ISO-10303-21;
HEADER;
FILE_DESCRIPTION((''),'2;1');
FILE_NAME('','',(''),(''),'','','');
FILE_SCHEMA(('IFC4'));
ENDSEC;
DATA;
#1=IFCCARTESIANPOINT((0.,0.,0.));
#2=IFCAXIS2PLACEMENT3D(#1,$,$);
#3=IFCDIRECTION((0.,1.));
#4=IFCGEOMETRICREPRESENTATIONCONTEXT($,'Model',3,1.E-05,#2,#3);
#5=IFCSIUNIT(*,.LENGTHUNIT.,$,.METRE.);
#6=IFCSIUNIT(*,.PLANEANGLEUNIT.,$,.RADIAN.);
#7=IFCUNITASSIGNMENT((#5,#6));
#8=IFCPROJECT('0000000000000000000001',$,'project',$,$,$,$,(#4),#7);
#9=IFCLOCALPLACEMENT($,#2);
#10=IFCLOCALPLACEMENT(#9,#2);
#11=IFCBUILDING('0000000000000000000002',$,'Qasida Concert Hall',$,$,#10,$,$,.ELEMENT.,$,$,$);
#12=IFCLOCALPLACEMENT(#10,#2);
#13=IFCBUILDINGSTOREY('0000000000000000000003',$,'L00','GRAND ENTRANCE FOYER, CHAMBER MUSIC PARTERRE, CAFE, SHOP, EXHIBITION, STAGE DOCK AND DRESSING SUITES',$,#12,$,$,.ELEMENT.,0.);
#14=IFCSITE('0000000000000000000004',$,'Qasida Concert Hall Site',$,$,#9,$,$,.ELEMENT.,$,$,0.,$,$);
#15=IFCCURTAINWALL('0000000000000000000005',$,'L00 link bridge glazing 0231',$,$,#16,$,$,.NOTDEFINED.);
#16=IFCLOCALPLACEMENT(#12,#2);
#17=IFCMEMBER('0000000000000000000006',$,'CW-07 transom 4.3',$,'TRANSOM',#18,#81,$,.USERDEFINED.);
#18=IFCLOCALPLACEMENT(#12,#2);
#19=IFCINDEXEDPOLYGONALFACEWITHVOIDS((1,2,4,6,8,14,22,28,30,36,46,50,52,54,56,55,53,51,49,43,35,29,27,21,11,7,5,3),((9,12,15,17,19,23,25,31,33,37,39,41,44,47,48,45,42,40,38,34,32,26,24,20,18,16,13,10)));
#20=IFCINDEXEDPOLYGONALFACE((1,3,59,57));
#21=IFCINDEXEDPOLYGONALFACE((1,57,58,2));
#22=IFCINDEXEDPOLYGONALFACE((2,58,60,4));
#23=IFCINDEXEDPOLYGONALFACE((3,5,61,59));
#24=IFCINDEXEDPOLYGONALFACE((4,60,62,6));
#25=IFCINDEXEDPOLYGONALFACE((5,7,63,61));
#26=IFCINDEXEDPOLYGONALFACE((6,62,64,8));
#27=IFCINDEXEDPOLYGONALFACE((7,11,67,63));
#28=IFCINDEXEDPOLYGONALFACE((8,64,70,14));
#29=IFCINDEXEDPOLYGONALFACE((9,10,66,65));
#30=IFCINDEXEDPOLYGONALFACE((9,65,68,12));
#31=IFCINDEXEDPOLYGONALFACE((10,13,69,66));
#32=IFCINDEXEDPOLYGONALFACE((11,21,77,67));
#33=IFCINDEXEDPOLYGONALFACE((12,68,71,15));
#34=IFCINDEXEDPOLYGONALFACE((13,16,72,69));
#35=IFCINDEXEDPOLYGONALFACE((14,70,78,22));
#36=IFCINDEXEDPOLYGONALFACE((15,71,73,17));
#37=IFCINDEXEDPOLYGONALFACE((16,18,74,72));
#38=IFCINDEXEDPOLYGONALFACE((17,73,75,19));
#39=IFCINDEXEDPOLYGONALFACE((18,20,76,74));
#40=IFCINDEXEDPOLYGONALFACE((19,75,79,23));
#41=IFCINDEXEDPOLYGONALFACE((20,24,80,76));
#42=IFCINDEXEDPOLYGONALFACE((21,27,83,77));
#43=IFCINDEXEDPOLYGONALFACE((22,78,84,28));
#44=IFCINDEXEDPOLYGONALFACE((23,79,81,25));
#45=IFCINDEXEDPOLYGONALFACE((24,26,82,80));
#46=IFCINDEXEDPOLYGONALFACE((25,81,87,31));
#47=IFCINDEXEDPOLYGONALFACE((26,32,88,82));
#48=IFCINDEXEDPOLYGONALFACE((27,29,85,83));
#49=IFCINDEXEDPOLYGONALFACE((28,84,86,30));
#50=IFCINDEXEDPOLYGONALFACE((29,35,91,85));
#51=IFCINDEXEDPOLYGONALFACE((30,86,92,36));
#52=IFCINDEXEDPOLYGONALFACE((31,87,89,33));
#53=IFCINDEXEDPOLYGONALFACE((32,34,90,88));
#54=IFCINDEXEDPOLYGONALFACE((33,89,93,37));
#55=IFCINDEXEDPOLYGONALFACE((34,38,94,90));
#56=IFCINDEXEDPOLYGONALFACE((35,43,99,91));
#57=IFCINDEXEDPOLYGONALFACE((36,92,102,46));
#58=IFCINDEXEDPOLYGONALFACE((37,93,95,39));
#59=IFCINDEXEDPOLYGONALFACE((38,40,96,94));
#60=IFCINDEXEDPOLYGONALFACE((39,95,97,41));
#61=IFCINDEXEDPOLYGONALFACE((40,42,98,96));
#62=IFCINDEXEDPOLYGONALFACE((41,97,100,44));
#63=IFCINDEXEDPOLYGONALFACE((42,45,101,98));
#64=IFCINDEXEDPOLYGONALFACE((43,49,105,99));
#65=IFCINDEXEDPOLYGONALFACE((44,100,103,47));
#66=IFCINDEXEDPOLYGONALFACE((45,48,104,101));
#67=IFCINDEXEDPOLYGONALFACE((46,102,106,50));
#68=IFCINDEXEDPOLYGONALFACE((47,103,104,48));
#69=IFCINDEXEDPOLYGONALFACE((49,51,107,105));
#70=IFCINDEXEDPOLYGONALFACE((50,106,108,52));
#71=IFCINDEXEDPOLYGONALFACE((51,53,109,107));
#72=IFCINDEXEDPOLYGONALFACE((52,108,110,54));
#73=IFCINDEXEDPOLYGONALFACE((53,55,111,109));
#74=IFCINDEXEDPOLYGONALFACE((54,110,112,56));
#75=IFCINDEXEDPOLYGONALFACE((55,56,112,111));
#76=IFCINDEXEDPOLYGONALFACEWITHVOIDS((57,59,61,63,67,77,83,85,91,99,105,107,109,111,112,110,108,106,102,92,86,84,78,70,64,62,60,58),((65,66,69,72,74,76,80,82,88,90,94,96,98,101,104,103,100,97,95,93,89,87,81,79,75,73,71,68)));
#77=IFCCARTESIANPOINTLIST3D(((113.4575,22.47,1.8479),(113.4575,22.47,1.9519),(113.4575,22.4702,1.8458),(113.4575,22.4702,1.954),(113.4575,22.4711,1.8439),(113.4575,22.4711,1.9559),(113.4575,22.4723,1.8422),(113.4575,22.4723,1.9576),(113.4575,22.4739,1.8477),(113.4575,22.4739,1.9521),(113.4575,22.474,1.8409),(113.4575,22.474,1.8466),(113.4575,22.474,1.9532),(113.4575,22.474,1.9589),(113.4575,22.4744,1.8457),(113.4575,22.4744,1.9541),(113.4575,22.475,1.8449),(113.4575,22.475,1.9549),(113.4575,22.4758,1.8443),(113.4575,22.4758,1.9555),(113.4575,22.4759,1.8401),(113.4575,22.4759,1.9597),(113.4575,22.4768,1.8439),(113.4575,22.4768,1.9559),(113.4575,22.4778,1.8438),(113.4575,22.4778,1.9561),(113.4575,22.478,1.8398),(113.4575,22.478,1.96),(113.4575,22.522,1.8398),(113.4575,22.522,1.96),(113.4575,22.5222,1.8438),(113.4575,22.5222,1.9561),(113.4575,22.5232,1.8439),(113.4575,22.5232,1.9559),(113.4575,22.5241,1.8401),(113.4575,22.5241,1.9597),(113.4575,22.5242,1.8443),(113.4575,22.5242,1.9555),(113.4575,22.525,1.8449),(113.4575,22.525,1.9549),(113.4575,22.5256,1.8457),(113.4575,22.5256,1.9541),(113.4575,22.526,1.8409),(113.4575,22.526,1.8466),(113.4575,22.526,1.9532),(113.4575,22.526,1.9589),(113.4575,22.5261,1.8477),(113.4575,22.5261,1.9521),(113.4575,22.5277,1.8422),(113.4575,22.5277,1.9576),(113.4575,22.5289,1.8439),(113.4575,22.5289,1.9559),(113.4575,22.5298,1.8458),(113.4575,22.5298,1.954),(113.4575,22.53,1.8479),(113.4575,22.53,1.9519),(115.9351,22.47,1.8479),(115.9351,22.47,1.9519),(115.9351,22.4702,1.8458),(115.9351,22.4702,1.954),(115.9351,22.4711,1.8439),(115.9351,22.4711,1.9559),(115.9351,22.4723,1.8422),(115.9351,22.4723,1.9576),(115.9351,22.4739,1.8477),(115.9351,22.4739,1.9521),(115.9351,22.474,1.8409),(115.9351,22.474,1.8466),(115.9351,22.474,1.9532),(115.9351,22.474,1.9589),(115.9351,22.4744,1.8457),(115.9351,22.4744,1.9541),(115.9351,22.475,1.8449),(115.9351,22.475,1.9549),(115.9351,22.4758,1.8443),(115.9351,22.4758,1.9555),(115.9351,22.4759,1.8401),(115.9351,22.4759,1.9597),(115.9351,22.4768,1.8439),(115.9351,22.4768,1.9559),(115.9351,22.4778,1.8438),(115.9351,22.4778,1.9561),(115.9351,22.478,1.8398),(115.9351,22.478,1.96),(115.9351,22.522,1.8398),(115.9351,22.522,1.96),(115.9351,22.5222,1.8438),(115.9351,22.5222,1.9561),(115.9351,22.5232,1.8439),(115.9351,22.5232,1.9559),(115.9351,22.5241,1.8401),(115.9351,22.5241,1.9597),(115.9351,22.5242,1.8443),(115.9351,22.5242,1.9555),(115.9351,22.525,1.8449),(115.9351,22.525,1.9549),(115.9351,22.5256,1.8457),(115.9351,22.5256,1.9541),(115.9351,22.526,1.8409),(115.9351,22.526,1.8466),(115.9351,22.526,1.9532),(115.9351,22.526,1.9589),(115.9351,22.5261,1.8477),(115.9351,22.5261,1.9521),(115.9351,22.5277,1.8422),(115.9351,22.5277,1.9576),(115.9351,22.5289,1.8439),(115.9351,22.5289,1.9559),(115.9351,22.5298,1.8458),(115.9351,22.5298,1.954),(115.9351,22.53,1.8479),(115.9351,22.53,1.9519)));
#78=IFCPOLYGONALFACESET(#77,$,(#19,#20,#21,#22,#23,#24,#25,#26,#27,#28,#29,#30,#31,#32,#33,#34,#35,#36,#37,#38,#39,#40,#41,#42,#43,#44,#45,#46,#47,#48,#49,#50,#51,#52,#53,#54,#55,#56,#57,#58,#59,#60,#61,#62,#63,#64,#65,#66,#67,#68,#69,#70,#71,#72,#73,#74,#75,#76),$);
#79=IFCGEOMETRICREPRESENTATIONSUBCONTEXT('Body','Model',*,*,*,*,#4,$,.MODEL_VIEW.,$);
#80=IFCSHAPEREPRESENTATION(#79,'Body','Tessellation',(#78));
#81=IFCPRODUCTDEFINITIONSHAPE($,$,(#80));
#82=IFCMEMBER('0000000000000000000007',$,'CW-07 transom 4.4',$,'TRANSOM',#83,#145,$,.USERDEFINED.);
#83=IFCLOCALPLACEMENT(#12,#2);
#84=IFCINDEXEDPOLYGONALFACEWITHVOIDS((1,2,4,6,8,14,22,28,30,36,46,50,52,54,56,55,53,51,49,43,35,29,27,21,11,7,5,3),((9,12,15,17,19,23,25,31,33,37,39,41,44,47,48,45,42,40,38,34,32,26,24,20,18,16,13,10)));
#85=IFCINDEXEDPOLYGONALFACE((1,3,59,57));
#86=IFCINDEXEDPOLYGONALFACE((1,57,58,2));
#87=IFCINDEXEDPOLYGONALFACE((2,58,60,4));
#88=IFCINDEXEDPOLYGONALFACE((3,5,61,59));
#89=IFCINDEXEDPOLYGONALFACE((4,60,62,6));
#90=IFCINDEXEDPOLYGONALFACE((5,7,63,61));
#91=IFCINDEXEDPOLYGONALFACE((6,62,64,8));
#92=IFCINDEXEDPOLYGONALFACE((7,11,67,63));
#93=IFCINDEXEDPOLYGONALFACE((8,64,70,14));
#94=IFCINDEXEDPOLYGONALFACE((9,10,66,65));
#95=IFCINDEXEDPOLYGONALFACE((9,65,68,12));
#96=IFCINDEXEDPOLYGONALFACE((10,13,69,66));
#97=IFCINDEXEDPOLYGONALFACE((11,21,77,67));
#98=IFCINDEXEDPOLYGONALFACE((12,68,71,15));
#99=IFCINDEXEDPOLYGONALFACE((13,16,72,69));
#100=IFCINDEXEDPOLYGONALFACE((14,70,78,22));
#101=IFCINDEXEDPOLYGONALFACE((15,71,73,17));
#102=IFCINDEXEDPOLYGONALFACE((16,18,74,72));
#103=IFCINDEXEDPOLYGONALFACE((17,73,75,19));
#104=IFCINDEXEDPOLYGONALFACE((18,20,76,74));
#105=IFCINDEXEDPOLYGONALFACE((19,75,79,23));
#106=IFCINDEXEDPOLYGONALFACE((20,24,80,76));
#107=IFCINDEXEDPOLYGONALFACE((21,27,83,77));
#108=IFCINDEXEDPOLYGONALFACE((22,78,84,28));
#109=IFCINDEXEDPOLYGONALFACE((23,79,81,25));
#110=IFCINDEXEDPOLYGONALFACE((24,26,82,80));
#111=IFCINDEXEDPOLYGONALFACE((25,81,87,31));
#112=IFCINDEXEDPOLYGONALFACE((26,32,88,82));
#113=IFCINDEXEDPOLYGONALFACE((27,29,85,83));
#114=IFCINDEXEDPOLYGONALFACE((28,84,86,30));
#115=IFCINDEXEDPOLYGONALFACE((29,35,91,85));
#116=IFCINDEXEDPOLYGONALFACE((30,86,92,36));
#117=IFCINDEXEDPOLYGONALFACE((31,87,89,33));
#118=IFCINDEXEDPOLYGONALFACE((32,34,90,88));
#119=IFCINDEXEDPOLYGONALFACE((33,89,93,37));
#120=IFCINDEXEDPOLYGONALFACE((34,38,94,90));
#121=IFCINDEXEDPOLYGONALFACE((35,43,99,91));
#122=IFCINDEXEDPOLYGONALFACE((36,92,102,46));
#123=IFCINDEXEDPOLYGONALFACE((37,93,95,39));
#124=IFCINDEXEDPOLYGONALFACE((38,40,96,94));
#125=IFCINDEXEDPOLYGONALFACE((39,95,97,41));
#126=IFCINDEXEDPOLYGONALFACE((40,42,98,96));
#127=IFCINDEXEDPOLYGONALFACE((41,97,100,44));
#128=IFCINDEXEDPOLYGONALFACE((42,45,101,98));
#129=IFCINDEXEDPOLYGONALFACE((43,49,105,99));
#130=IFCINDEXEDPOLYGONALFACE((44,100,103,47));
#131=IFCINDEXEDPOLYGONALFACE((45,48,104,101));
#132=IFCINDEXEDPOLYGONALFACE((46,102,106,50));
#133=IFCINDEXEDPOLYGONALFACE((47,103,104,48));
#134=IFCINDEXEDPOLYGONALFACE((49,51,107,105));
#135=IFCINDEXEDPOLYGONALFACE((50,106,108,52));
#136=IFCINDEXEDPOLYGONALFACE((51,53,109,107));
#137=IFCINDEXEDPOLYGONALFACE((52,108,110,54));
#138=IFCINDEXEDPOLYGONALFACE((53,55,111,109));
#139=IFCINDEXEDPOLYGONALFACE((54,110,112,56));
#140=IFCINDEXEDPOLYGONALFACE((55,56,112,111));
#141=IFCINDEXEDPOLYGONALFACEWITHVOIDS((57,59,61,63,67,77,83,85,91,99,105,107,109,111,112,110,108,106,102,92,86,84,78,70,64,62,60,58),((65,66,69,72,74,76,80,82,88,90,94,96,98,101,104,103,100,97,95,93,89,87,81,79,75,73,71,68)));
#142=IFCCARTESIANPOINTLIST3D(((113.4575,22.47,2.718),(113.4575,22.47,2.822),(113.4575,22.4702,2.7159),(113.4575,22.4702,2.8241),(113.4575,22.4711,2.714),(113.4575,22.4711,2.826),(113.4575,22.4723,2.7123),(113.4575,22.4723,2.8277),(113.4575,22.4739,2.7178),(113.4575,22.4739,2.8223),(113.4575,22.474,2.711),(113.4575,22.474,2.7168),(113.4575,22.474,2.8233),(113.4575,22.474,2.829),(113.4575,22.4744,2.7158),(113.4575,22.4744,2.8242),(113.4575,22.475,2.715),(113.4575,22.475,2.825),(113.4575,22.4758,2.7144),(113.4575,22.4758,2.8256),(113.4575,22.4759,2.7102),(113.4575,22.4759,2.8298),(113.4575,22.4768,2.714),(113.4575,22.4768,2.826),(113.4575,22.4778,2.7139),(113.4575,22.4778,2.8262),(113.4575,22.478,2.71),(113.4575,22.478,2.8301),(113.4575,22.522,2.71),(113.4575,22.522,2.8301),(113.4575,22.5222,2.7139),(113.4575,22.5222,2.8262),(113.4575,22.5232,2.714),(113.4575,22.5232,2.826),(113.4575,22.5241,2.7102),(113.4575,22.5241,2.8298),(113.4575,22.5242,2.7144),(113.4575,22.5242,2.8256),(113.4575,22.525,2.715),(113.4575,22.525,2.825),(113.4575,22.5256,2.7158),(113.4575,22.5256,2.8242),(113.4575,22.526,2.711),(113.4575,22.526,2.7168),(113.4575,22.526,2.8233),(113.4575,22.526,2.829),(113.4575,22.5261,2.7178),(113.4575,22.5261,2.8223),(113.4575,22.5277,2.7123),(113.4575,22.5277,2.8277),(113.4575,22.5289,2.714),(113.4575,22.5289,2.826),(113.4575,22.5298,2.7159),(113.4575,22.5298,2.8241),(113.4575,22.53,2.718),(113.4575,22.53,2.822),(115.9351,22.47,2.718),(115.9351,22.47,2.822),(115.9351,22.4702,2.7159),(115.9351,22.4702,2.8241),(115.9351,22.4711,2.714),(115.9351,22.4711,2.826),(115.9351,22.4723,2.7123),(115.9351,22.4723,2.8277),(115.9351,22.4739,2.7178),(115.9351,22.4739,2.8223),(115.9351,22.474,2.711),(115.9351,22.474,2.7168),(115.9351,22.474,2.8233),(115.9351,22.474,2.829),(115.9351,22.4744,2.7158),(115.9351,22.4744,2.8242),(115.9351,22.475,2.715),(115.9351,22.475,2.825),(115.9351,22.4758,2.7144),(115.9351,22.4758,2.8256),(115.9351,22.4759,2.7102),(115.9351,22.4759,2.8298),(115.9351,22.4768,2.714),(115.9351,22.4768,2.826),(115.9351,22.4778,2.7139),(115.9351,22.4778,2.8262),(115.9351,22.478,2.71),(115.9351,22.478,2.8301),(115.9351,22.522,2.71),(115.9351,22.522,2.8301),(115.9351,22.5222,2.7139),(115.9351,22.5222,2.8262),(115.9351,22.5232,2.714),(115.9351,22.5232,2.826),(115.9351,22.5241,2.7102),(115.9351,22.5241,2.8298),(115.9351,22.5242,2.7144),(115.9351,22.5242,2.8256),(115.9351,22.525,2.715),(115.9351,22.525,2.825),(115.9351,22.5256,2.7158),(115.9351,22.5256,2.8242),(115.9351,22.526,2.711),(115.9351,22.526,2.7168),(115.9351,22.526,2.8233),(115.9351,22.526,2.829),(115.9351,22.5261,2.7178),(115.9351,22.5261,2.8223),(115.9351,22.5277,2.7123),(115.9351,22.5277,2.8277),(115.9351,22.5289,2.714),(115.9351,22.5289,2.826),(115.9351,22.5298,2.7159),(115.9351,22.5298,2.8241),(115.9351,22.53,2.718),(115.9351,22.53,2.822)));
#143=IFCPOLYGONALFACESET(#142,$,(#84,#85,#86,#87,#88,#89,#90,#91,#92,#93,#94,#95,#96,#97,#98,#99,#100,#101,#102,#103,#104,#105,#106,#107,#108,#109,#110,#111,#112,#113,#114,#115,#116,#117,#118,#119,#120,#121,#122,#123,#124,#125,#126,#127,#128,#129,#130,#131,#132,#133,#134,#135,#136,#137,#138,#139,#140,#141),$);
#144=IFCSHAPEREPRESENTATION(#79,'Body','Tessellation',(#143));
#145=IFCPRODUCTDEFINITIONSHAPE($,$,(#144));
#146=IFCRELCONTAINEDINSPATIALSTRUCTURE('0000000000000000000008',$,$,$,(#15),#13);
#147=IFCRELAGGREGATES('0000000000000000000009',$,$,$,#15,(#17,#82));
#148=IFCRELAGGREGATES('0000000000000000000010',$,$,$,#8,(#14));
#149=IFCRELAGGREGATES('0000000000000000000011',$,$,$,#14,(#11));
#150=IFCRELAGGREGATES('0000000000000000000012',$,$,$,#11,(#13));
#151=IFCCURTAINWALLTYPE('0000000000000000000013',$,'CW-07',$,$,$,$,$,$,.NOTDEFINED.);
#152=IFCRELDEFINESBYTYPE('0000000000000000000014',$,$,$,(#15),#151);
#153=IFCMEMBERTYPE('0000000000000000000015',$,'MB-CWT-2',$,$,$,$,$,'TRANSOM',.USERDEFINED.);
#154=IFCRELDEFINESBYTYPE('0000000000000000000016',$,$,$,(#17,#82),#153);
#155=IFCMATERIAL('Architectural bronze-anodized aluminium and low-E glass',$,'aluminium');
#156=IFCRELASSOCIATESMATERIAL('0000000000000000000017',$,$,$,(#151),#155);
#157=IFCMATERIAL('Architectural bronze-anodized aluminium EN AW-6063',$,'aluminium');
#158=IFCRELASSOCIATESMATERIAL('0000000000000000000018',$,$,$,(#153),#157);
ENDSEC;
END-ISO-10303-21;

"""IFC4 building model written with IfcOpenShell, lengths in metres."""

from ifc_helpers import new_model, si_unit, direction, frame, origin, origin_2d, place, context, subcontext, project, spatial, hollow_rectangle, extrude, material, material_profile, profile_set, type_object, element, aggregate, save


model = new_model("IFC4")

# Units and contexts
model_context = context("Model", 3, precision=1e-05, world=origin(), true_north=direction((0.0, 1.0)))
body_context = subcontext(model_context, "Body", "Model", "MODEL_VIEW")
ifc_project = project(units=[si_unit("LENGTHUNIT", "METRE"), si_unit("PLANEANGLEUNIT", "RADIAN")], contexts=[model_context])

# Site, building, storey
site_placement = place(None, origin())
site = spatial("IfcSite", under=ifc_project, at=site_placement, Name="Qasida Concert Hall Site", CompositionType="ELEMENT", RefElevation=0.0)
building_placement = place(site_placement, origin())
building = spatial("IfcBuilding", under=site, at=building_placement, Name="Qasida Concert Hall", CompositionType="ELEMENT")
storey_placement = place(building_placement, origin())
storey = spatial("IfcBuildingStorey", under=building, at=storey_placement, Name="L00", Description="GRAND ENTRANCE FOYER, CHAMBER MUSIC PARTERRE, CAFE, SHOP, EXHIBITION, STAGE DOCK AND DRESSING SUITES", CompositionType="ELEMENT", Elevation=0.0)

# Curtain wall
ifc_material_1 = material(Name="Architectural bronze-anodized aluminium and low-E glass", Category="aluminium")
curtain_wall_type = type_object("IfcCurtainWallType", Name="CW-07", PredefinedType="NOTDEFINED", material=ifc_material_1)
curtain_wall_1_placement = place(storey_placement, origin())
curtain_wall_1 = element("IfcCurtainWall", 1, at=curtain_wall_1_placement, inside=storey, type_object=curtain_wall_type, Name="L00 link bridge glazing 0231", PredefinedType="NOTDEFINED")
ifc_material_2 = material(Name="Architectural bronze-anodized aluminium EN AW-6063", Category="aluminium")

# Members
ifc_material_profile_1 = material_profile(ifc_material_2, hollow_rectangle(XDim=0.0601, YDim=0.1201, WallThickness=0.0039, InnerFilletRadius=0.0039, OuterFilletRadius=0.0081, at=origin_2d()), Name="CWT 120x60x4")
ifc_profile_set_1 = profile_set([ifc_material_profile_1], Name="Architectural bronze-anodized aluminium EN AW-6063")
member_type_1 = type_object("IfcMemberType", Name="MB-CWT-2", ElementType="TRANSOM", PredefinedType="USERDEFINED", material=ifc_profile_set_1)
member_1_placement = place(storey_placement, frame((113.4575, 22.5, 1.8999), z_axis=(1.0, 0.0, 0.0), x_axis=(0.0, 1.0, 0.0)))
member_1 = element("IfcMember", 2, at=member_1_placement, type_object=member_type_1, Name="CW-07 transom 4.3", ObjectType="TRANSOM", PredefinedType="USERDEFINED", context=body_context, shape_type="SweptSolid", body=[
    extrude(hollow_rectangle(XDim=0.0601, YDim=0.1201, WallThickness=0.0039, InnerFilletRadius=0.0039, OuterFilletRadius=0.0081, at=origin_2d()), origin(), (0.0, 0.0, 1.0), 2.4775),
])
member_2_placement = place(storey_placement, frame((113.4575, 22.5, 2.77), z_axis=(1.0, 0.0, 0.0), x_axis=(0.0, 1.0, 0.0)))
member_2 = element("IfcMember", 3, at=member_2_placement, type_object=member_type_1, Name="CW-07 transom 4.4", ObjectType="TRANSOM", PredefinedType="USERDEFINED", context=body_context, shape_type="SweptSolid", body=[
    extrude(hollow_rectangle(XDim=0.0601, YDim=0.1201, WallThickness=0.0039, InnerFilletRadius=0.0039, OuterFilletRadius=0.0081, at=origin_2d()), origin(), (0.0, 0.0, 1.0), 2.4775),
])

aggregate(curtain_wall_1, [member_1, member_2])

save(model, "model.ifc")
